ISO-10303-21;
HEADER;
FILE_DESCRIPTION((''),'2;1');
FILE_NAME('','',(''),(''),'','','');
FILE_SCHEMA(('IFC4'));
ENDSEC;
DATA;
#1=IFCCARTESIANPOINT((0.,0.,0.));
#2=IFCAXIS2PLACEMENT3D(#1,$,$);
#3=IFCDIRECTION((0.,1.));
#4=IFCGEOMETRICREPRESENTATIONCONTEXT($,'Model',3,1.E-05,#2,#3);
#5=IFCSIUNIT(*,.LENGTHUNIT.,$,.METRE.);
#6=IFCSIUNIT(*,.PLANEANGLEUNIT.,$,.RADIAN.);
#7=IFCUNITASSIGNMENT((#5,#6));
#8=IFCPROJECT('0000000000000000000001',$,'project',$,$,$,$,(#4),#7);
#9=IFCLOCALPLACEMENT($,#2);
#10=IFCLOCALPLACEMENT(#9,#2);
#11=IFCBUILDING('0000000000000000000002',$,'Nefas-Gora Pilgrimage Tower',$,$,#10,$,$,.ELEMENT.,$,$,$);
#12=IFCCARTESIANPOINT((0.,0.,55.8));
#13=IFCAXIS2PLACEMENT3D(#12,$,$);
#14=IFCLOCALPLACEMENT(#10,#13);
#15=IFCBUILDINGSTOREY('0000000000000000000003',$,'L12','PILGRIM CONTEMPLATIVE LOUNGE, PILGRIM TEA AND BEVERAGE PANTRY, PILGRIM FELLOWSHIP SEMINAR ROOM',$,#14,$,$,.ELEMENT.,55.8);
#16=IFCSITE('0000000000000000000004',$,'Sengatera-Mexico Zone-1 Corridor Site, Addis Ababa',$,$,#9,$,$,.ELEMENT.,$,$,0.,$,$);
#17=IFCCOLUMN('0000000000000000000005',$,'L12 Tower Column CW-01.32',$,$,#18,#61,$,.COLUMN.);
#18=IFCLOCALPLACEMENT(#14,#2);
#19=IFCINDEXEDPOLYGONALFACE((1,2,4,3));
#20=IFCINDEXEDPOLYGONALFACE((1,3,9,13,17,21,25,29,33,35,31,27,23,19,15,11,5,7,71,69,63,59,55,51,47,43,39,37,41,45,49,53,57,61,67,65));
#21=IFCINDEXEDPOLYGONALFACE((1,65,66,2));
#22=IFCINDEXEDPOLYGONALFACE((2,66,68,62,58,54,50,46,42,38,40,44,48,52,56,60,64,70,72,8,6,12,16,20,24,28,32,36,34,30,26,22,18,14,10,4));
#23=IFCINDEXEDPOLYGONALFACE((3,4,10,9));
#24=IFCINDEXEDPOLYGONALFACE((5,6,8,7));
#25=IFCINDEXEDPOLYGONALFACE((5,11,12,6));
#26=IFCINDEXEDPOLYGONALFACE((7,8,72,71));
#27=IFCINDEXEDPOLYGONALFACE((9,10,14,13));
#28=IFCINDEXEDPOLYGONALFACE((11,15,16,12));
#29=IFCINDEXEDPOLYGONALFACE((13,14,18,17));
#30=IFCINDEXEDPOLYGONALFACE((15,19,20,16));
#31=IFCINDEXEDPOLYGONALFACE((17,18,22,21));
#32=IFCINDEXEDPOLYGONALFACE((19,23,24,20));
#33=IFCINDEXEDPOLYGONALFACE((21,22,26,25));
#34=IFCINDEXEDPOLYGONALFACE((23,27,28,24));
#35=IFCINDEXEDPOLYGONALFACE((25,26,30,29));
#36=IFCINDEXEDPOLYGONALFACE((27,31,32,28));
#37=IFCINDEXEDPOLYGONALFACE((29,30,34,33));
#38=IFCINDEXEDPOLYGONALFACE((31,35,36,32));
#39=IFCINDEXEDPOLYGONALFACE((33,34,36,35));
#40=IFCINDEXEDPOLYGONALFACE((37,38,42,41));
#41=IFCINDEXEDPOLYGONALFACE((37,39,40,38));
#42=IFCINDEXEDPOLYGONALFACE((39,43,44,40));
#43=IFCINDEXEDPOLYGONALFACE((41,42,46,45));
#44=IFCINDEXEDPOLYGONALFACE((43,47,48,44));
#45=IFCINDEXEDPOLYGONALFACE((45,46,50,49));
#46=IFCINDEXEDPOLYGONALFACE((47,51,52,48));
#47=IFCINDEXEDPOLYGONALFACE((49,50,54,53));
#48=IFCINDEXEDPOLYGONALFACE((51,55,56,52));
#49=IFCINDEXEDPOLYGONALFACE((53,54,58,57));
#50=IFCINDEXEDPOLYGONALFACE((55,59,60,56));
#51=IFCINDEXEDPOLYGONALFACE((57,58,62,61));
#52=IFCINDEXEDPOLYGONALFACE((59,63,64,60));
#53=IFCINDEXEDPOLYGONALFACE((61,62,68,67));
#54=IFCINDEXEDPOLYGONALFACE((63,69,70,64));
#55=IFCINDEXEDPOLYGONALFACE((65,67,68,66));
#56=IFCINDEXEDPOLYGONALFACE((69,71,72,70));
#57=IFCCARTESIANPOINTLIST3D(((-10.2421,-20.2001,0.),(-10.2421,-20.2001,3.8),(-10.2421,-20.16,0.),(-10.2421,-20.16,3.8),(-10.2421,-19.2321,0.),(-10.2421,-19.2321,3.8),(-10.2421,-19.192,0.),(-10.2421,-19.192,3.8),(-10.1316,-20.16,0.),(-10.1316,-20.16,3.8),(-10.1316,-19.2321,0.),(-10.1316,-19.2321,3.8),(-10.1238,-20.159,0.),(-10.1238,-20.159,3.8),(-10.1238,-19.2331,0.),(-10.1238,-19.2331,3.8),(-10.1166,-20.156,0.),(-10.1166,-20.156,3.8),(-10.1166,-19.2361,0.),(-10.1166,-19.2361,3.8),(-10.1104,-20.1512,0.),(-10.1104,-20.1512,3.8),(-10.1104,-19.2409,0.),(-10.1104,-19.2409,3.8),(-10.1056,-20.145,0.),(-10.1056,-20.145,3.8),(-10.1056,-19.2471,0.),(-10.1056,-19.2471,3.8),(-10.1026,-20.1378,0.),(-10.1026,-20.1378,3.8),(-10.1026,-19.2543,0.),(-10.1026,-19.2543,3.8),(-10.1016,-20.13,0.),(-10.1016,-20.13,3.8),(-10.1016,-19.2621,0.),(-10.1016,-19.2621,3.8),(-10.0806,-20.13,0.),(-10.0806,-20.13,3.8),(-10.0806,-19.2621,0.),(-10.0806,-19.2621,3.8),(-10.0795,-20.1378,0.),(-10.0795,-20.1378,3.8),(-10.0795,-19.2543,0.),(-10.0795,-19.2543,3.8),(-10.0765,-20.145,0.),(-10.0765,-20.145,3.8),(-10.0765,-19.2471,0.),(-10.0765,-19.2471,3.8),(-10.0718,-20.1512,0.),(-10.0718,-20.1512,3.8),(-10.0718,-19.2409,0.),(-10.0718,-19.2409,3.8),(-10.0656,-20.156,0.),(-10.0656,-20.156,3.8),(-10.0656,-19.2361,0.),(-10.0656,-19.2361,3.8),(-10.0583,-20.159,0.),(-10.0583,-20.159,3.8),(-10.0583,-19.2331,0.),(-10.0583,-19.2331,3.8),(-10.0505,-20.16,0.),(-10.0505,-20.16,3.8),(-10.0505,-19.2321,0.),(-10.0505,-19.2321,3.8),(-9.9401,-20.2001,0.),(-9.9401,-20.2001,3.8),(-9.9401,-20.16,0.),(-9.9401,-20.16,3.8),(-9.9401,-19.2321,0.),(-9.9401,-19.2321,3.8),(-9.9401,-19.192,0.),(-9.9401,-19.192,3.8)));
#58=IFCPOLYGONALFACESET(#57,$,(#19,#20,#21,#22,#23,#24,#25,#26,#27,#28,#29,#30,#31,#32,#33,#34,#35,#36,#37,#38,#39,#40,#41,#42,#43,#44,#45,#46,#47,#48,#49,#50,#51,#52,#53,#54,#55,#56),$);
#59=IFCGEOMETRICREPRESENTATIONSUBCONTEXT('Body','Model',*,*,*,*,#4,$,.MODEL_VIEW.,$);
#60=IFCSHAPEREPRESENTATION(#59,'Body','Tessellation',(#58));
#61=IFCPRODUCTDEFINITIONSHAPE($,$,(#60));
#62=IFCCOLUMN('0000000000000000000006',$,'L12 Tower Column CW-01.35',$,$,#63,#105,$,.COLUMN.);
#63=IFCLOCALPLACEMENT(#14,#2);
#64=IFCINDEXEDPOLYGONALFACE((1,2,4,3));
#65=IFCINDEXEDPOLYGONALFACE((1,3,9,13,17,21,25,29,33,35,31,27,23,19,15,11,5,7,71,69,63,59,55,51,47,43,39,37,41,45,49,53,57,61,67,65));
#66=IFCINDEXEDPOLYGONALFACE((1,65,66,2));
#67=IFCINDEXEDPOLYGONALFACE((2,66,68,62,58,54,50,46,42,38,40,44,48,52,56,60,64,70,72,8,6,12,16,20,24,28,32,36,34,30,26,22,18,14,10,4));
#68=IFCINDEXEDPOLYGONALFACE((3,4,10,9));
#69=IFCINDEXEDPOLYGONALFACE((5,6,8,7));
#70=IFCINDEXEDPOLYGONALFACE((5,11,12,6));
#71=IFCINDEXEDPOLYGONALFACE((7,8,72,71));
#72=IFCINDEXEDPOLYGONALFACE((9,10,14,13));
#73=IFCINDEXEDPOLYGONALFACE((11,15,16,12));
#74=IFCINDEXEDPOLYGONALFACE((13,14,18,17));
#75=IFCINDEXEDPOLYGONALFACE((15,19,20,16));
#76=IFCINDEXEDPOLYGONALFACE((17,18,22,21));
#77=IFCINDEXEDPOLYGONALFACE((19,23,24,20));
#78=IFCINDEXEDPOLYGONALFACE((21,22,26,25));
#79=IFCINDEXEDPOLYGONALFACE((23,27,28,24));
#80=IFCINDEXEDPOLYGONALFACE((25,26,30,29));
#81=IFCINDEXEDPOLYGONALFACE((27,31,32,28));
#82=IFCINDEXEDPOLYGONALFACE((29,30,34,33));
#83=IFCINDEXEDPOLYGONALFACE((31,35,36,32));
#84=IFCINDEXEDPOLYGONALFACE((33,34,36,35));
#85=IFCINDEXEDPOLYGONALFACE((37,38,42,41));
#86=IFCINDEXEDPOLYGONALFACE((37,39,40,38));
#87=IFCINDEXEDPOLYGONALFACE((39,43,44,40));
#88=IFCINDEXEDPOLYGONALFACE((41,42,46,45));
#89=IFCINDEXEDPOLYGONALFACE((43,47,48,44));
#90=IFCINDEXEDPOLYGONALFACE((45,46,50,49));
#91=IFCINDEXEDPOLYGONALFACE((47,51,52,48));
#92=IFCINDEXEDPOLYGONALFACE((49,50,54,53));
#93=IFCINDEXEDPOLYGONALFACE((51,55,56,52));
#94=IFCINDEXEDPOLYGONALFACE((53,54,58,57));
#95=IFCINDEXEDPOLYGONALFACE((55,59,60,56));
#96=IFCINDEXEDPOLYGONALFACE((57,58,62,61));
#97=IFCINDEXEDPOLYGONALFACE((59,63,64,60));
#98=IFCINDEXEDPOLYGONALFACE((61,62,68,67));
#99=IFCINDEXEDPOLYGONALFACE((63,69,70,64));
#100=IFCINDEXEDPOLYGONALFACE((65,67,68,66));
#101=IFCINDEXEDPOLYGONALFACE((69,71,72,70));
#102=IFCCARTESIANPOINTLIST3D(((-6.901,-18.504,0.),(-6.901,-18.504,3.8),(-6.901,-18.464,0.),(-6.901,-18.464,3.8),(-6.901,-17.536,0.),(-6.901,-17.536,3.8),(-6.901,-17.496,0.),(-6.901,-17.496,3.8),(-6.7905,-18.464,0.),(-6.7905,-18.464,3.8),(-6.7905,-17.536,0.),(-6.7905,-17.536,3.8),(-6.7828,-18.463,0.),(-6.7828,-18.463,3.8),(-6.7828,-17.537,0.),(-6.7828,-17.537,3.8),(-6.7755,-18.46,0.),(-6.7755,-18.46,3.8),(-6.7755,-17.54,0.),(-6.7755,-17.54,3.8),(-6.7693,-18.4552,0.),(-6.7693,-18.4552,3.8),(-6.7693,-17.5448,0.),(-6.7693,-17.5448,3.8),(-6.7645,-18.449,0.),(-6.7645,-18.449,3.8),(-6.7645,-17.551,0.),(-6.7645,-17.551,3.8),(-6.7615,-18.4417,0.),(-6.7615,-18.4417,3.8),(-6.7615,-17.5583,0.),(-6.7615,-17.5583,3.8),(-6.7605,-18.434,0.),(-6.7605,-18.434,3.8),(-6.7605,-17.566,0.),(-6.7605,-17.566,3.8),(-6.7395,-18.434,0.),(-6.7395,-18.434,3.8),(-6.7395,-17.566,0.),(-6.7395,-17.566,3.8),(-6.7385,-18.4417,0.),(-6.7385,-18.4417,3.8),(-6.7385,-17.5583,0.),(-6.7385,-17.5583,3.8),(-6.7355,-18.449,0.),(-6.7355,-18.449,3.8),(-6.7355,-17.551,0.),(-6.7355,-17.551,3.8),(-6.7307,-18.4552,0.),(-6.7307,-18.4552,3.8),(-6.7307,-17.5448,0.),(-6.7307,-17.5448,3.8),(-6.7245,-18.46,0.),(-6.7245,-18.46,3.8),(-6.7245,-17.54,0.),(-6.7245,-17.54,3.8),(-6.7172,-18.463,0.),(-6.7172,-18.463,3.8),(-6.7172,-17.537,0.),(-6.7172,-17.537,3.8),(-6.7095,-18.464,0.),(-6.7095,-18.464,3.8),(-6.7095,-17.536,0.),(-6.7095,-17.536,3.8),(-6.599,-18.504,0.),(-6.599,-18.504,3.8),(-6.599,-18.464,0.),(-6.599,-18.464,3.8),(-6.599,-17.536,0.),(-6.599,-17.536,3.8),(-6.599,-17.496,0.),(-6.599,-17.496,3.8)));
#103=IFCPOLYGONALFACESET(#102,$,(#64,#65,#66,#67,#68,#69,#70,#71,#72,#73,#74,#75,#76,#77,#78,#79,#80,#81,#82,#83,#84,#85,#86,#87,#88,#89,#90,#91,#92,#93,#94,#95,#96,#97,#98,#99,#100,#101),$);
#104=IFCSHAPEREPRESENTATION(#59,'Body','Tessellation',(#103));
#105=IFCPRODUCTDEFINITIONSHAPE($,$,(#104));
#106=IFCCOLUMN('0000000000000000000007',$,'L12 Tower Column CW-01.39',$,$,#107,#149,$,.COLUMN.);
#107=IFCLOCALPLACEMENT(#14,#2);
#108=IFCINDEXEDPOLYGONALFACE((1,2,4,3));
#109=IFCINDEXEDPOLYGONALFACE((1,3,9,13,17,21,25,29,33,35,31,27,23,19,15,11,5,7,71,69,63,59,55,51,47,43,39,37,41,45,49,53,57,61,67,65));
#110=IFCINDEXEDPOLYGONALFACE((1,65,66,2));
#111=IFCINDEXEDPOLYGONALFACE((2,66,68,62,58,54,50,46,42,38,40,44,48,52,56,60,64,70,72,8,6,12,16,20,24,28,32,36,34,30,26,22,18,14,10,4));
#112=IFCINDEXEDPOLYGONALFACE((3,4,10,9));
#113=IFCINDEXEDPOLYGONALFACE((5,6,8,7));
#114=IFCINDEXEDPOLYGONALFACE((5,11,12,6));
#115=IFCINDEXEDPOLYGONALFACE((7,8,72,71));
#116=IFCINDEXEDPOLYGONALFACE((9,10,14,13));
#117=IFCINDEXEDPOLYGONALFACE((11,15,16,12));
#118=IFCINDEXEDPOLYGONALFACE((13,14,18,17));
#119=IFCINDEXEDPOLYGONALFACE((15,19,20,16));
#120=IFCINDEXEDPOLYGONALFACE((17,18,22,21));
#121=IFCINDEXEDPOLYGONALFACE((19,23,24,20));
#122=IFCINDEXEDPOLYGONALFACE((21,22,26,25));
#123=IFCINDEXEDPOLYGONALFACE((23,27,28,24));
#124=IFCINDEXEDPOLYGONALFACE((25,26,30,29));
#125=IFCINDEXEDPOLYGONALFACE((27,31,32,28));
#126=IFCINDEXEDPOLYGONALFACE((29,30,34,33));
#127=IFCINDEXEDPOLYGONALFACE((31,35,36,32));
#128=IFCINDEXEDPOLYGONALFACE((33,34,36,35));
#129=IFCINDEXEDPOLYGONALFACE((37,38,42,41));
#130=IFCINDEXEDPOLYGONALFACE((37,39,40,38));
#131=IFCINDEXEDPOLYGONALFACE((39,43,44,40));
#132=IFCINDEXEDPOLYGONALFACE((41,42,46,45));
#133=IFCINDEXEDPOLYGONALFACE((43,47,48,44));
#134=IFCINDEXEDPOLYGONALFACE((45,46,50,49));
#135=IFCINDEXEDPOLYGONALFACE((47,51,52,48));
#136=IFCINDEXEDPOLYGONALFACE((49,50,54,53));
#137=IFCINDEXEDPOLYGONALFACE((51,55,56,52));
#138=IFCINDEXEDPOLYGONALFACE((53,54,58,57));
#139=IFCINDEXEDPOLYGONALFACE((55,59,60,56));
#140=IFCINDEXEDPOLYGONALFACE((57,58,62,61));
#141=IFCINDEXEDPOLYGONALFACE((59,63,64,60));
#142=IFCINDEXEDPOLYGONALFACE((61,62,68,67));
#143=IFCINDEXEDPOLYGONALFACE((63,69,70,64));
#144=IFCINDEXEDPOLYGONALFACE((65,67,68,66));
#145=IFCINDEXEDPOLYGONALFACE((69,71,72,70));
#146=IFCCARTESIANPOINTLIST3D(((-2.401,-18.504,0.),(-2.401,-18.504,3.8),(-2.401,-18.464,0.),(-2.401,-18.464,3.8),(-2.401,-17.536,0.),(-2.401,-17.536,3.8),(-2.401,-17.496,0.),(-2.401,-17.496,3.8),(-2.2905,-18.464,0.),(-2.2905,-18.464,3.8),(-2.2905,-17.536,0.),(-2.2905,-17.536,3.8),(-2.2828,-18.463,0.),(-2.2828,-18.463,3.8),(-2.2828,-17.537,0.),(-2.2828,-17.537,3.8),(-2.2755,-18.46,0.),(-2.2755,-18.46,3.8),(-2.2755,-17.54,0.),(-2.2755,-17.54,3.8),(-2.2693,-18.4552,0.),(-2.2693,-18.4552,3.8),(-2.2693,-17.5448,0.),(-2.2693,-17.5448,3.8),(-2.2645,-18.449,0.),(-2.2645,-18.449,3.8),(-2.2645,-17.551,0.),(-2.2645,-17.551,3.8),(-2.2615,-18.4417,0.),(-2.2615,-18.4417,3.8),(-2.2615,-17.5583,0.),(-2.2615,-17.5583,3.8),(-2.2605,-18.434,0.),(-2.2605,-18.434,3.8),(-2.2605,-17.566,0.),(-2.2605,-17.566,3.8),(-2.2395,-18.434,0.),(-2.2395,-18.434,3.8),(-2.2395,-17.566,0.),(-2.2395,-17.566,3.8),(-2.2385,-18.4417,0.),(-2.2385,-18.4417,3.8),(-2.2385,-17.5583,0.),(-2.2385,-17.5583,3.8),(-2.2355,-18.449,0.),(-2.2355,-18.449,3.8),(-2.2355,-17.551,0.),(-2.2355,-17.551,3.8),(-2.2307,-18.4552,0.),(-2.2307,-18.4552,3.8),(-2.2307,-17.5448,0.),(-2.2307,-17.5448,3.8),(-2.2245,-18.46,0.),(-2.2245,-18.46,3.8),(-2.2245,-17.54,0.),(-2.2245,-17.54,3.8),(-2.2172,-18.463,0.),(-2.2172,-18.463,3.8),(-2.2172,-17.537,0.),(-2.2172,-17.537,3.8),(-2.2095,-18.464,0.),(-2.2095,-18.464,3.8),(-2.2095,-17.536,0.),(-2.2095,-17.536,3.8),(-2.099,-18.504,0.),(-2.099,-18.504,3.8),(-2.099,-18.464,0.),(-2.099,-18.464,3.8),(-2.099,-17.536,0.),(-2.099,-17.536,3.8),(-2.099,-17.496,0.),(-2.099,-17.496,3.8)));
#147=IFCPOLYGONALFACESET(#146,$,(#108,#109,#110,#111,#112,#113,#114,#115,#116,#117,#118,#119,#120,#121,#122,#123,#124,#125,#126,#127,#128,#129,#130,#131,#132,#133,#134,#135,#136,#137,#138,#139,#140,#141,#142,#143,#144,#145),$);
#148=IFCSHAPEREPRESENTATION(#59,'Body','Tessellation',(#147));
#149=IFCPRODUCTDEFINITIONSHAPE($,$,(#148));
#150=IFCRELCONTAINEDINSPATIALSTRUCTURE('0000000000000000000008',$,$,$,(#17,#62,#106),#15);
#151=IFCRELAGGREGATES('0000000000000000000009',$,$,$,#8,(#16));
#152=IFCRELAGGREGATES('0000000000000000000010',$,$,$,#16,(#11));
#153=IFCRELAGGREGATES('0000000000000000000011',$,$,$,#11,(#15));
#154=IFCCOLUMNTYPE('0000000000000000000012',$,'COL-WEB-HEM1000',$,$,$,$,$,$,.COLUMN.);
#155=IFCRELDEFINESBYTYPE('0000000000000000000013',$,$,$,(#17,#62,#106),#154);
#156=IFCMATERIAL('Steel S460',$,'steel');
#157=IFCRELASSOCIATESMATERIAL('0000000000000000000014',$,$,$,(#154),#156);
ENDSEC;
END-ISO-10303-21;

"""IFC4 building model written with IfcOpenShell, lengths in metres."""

from ifc_helpers import new_model, si_unit, direction, frame, origin, origin_2d, place, context, subcontext, project, spatial, i_section, extrude, source, transform, mapped, material, material_profile, profile_set, type_object, element, save


model = new_model("IFC4")

# Units and contexts
model_context = context("Model", 3, precision=1e-05, world=origin(), true_north=direction((0.0, 1.0)))
body_context = subcontext(model_context, "Body", "Model", "MODEL_VIEW")
ifc_project = project(units=[si_unit("LENGTHUNIT", "METRE"), si_unit("PLANEANGLEUNIT", "RADIAN")], contexts=[model_context])

# Site, building, storey
site_placement = place(None, origin())
site = spatial("IfcSite", under=ifc_project, at=site_placement, Name="Sengatera-Mexico Zone-1 Corridor Site, Addis Ababa", CompositionType="ELEMENT", RefElevation=0.0)
building_placement = place(site_placement, origin())
building = spatial("IfcBuilding", under=site, at=building_placement, Name="Nefas-Gora Pilgrimage Tower", CompositionType="ELEMENT")
storey_placement = place(building_placement, frame((0.0, 0.0, 55.8)))
storey = spatial("IfcBuildingStorey", under=building, at=storey_placement, Name="L12", Description="PILGRIM CONTEMPLATIVE LOUNGE, PILGRIM TEA AND BEVERAGE PANTRY, PILGRIM FELLOWSHIP SEMINAR ROOM", CompositionType="ELEMENT", Elevation=55.8)

# Columns
ifc_material_1 = material(Name="Steel S460", Category="steel")
ifc_material_profile_1 = material_profile(ifc_material_1, i_section(OverallWidth=0.302, OverallDepth=1.0081, WebThickness=0.021, FlangeThickness=0.04, FilletRadius=0.03, at=origin_2d()), Name="HEM 1000")
ifc_profile_set_1 = profile_set([ifc_material_profile_1], Name="Steel S460")
column_type_1 = type_object("IfcColumnType", Name="COL-WEB-HEM1000", PredefinedType="COLUMN", material=ifc_profile_set_1)
shared_shape_1 = source(origin(), body_context, "Body", "SweptSolid", [
    extrude(i_section(OverallWidth=0.302, OverallDepth=1.0081, WebThickness=0.021, FlangeThickness=0.04, FilletRadius=0.03, at=origin_2d()), origin(), (0.0, 0.0, 1.0), 3.8),
])
for number, where, z_axis, x_axis, name in (
    (1, (-10.0911, -19.696, 0.0), (0.0, 0.0, 1.0), (1.0, 0.0, 0.0), "L12 Tower Column CW-01.32"),
    (2, (-6.75, -18.0, 0.0), (0.0, 0.0, 1.0), (1.0, 0.0, 0.0), "L12 Tower Column CW-01.35"),
    (3, (-2.25, -18.0, 0.0), (0.0, 0.0, 1.0), (1.0, 0.0, 0.0), "L12 Tower Column CW-01.39"),
):
    element("IfcColumn", number, at=place(storey_placement, frame(where, z_axis=z_axis, x_axis=x_axis)), inside=storey, type_object=column_type_1, Name=name, PredefinedType="COLUMN", context=body_context, shape_type="MappedRepresentation", body=[
        mapped(shared_shape_1, transform((0.0, 0.0, 0.0), x_axis=(1.0, 0.0, 0.0), y_axis=(0.0, 1.0, 0.0), z_axis=(0.0, 0.0, 1.0), scale=1.0)),
    ])

save(model, "model.ifc")
